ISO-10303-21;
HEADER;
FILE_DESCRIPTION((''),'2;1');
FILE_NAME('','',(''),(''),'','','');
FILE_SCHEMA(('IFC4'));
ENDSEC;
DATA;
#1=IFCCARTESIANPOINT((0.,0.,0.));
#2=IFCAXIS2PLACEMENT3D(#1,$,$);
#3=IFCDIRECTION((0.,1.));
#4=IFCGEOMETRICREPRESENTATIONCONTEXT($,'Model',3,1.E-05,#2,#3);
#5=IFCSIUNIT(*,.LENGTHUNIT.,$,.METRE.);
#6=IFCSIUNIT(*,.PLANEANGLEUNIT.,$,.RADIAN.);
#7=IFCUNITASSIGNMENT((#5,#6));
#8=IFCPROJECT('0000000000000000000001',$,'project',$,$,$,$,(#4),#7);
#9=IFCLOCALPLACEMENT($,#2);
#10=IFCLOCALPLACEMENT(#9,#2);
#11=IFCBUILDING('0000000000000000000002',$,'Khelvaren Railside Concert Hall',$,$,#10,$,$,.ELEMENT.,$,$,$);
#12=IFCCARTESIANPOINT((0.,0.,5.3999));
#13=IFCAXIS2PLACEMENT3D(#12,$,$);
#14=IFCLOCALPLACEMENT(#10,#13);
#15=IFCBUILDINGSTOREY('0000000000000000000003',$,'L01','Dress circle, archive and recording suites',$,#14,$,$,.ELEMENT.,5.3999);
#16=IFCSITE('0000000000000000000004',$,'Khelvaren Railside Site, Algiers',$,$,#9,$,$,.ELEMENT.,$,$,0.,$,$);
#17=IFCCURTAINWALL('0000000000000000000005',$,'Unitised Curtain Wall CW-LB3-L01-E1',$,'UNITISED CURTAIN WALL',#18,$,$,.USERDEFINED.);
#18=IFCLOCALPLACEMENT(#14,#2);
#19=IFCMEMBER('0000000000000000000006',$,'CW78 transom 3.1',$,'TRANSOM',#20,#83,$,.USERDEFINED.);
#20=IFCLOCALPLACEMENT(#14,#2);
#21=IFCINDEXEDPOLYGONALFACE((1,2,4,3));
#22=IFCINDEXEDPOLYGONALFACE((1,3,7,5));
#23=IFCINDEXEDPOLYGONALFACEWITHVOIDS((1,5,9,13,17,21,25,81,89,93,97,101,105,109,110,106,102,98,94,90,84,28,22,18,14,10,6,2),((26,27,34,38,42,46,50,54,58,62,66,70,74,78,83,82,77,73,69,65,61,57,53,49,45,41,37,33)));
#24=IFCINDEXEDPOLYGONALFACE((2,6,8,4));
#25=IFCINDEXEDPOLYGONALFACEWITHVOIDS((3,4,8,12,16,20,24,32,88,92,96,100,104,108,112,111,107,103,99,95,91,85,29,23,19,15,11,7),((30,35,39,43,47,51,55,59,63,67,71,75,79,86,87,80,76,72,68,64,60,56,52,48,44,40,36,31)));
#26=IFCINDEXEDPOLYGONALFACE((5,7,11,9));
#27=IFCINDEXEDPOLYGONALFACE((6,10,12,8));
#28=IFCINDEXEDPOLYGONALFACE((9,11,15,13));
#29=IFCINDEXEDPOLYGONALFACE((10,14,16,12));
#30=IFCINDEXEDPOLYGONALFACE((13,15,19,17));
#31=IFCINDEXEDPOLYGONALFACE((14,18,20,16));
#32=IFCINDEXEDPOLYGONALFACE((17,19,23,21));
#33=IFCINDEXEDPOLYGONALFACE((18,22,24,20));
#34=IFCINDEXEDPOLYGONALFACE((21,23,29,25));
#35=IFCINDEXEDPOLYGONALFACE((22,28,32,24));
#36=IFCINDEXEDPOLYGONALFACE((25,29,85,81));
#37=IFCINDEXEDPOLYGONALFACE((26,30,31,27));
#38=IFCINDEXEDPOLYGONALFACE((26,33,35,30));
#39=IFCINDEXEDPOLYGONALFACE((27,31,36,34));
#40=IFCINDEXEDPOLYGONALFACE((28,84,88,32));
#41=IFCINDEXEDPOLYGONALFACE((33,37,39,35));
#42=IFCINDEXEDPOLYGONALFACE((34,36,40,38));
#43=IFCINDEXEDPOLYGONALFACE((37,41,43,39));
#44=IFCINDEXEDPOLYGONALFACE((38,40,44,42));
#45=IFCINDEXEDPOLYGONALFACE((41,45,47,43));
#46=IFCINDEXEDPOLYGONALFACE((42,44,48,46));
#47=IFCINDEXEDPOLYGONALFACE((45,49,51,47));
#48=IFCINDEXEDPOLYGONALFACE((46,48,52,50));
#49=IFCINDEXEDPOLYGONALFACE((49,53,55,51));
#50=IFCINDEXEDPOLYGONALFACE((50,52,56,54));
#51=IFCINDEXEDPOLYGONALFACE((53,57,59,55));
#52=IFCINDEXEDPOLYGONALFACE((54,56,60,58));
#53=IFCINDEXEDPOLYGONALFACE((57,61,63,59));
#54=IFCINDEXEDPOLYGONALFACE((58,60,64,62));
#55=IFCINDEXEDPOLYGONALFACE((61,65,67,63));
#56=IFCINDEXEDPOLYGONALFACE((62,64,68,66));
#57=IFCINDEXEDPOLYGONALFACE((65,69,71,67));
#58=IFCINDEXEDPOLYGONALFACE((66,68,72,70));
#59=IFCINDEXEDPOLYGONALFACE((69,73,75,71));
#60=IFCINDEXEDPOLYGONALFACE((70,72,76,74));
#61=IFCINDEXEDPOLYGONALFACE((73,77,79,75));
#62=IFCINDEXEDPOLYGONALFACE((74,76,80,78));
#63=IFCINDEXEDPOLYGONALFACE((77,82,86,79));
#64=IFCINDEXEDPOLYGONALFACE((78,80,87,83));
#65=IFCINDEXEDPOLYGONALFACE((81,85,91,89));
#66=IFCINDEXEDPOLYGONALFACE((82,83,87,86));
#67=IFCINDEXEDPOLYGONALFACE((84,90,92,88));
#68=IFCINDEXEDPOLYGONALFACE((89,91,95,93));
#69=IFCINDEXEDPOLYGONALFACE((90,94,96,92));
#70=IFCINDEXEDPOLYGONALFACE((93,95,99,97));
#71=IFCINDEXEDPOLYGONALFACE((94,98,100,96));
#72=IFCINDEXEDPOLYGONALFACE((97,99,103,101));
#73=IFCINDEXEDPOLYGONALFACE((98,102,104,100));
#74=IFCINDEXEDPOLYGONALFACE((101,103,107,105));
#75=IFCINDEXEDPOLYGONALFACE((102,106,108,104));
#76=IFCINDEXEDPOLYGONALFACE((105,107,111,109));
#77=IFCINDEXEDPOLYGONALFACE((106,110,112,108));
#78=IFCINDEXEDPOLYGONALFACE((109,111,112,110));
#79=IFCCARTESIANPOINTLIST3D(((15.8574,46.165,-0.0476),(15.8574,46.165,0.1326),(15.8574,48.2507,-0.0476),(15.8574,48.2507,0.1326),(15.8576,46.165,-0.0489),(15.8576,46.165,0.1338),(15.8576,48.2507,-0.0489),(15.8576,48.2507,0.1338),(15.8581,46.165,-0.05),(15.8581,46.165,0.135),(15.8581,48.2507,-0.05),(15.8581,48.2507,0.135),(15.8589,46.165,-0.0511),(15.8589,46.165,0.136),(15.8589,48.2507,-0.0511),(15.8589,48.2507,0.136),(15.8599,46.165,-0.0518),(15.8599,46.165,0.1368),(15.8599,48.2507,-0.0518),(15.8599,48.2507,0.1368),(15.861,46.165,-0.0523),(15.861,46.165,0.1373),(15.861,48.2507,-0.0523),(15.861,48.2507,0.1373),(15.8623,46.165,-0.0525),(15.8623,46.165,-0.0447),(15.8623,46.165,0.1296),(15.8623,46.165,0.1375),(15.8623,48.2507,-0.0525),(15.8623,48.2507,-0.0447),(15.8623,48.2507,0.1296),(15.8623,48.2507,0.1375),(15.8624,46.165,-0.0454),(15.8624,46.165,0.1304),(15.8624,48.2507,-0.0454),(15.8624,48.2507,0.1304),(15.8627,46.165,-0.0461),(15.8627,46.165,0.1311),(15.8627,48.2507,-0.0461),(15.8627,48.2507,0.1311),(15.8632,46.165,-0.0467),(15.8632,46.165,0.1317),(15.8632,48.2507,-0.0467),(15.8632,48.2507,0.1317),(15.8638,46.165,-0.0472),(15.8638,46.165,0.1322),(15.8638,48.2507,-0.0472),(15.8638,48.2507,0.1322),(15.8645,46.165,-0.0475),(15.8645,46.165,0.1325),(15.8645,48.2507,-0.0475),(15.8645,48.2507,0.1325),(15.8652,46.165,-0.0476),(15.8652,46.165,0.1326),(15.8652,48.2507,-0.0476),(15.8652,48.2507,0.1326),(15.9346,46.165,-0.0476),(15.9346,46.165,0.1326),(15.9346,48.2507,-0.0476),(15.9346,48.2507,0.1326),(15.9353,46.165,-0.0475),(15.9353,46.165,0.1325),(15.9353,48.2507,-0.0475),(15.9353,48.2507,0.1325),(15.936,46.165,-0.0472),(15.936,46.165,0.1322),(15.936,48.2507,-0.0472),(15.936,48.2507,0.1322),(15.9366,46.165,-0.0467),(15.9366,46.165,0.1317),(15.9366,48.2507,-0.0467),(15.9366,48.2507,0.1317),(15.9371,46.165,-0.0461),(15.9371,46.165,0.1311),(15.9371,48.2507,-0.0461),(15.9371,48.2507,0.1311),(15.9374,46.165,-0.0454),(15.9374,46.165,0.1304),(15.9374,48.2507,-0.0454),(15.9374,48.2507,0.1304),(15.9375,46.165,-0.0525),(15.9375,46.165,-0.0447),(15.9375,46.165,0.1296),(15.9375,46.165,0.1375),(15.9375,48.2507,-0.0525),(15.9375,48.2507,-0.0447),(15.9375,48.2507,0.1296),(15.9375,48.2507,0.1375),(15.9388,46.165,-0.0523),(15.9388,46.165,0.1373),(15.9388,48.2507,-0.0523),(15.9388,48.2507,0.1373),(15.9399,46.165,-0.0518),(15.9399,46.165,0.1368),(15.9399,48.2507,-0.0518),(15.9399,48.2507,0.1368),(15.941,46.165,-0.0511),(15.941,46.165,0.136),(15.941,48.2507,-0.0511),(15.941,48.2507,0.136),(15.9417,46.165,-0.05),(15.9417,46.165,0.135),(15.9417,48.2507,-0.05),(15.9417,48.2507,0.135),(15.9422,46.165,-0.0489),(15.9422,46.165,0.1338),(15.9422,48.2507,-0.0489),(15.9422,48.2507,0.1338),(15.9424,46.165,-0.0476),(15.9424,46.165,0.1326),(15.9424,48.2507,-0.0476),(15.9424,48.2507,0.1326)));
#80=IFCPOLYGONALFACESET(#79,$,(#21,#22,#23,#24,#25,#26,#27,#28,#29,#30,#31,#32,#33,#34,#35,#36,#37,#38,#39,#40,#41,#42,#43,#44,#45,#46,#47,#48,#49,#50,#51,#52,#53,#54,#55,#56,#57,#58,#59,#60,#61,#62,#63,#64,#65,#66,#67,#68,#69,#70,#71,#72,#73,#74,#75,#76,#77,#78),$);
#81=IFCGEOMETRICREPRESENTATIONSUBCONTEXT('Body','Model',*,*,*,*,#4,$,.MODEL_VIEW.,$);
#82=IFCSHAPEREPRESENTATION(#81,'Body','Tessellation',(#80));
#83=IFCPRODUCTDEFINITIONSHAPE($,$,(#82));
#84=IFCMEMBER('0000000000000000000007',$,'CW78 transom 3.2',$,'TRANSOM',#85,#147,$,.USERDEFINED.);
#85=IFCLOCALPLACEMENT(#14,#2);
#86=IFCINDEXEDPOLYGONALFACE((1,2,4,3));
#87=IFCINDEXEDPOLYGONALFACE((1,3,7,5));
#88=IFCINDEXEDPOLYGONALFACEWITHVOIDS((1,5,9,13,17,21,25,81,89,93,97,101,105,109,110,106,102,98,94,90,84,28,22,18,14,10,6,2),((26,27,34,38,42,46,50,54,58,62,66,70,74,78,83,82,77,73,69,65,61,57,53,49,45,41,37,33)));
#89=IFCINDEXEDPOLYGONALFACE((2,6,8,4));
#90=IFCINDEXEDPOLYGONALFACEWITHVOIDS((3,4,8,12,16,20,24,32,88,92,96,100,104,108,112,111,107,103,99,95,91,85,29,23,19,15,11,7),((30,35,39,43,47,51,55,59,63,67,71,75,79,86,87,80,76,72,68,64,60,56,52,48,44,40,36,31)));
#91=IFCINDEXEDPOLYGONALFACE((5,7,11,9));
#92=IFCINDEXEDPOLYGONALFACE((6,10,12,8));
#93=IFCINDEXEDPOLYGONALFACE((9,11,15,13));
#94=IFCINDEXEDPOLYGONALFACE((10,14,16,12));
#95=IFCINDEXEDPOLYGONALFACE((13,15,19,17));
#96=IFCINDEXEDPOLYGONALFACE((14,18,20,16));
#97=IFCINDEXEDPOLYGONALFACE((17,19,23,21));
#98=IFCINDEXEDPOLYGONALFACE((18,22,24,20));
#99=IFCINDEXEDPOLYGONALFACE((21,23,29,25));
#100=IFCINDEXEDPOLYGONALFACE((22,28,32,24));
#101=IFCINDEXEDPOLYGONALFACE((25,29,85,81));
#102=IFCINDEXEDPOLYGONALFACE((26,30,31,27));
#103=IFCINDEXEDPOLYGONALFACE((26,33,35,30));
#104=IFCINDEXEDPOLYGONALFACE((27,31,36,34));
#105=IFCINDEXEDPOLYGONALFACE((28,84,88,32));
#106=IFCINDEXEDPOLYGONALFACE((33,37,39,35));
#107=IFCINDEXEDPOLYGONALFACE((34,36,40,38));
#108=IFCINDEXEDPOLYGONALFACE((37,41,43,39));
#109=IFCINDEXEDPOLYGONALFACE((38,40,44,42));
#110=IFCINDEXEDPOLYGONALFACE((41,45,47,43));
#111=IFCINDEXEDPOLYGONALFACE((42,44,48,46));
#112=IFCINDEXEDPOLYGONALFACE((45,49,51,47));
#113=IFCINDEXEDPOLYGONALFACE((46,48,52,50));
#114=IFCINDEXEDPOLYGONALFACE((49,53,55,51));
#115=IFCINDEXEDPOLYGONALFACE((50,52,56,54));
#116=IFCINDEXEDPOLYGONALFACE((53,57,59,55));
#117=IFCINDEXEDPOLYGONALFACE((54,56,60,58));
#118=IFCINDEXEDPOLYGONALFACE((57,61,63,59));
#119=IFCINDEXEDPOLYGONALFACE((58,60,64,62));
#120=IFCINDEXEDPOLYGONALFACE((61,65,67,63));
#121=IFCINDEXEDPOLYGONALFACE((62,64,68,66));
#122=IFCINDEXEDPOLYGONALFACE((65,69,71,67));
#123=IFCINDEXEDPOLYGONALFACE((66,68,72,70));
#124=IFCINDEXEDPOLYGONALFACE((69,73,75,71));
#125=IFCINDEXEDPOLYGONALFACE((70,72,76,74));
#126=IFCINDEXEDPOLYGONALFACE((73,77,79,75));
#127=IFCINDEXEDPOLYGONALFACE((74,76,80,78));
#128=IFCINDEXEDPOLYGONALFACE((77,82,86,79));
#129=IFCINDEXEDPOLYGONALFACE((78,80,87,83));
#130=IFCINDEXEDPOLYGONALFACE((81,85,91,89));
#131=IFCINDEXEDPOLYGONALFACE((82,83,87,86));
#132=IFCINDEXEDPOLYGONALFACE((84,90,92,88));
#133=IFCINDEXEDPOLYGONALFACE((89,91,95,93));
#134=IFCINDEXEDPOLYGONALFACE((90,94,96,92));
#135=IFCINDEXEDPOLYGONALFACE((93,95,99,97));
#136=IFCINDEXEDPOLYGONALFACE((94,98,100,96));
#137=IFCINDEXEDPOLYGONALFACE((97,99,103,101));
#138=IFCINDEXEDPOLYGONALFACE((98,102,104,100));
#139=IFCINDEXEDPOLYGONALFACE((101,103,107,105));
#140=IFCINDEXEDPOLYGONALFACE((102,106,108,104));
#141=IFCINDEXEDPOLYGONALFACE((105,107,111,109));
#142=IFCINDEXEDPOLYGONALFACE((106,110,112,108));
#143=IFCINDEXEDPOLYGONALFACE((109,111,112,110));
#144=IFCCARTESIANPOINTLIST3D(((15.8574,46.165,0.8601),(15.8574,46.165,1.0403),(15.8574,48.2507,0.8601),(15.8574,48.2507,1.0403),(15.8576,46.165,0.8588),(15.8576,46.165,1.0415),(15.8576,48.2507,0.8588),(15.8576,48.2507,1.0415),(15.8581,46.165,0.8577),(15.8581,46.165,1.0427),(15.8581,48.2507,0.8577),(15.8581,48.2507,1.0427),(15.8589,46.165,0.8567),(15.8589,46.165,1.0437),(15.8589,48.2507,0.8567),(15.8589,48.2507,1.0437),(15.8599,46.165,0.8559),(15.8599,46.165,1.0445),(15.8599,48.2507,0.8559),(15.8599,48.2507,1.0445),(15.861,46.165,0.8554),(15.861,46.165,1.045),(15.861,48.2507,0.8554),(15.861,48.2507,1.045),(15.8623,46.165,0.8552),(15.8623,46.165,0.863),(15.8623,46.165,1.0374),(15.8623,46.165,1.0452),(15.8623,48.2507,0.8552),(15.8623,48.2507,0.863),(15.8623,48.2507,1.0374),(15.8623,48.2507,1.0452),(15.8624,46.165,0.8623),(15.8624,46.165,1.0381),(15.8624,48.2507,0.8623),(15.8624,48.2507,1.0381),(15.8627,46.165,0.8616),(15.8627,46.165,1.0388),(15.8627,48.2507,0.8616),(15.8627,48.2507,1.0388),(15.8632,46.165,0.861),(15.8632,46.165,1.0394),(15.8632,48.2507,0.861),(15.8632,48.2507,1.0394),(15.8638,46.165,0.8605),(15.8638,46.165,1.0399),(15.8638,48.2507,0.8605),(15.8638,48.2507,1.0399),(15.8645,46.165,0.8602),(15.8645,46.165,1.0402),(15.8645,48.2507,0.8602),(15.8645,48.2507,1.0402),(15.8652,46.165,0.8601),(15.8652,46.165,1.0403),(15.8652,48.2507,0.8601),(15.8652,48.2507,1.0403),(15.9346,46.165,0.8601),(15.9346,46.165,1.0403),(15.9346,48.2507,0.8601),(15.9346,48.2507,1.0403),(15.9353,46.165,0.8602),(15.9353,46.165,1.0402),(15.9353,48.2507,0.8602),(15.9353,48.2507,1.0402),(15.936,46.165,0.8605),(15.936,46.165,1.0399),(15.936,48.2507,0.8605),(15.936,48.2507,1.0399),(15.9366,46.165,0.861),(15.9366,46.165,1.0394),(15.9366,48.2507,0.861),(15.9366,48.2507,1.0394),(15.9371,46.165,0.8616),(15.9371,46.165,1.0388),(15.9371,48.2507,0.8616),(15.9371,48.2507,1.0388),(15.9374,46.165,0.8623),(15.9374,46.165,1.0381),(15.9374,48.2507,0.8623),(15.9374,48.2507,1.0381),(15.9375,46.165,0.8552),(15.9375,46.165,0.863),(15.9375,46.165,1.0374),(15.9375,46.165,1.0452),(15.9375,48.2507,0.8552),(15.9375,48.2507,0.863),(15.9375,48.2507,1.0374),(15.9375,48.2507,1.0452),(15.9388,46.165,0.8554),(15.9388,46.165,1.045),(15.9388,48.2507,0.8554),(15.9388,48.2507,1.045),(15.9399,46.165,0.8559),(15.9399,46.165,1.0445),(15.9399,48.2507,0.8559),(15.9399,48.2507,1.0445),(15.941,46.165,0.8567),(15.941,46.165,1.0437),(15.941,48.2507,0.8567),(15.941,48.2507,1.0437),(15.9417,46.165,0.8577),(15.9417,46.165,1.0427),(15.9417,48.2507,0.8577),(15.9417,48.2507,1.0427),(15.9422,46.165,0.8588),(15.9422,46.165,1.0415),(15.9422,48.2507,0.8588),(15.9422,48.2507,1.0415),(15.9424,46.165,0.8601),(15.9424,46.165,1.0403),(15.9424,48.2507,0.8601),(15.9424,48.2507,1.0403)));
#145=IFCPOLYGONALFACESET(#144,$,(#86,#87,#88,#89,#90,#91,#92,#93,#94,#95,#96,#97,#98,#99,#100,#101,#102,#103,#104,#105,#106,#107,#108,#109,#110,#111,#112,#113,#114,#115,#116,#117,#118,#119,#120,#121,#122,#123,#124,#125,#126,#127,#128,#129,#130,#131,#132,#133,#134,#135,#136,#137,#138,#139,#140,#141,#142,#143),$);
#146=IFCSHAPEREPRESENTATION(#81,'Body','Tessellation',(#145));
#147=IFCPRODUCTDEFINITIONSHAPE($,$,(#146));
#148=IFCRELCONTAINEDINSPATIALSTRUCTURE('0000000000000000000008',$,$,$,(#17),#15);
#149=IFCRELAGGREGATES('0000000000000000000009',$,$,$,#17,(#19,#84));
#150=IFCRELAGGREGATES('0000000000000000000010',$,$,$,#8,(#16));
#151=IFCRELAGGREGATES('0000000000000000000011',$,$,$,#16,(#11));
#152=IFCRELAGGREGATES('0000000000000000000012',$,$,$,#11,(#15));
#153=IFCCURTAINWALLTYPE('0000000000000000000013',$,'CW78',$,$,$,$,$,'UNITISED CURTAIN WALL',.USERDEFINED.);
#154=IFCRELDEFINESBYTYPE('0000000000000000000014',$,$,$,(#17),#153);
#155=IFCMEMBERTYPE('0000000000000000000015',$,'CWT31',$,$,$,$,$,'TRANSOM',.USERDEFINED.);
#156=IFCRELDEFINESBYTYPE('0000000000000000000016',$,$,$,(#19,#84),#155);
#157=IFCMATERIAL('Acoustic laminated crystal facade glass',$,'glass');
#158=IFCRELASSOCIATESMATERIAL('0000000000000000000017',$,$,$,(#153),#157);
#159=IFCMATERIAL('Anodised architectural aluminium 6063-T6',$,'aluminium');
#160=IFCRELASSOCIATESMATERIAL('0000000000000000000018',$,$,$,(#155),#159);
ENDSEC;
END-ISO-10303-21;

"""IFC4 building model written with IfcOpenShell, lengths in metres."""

from ifc_helpers import new_model, si_unit, direction, frame, origin, origin_2d, place, context, subcontext, project, spatial, hollow_rectangle, extrude, material, material_profile, profile_set, type_object, element, aggregate, save


model = new_model("IFC4")

# Units and contexts
model_context = context("Model", 3, precision=1e-05, world=origin(), true_north=direction((0.0, 1.0)))
body_context = subcontext(model_context, "Body", "Model", "MODEL_VIEW")
ifc_project = project(units=[si_unit("LENGTHUNIT", "METRE"), si_unit("PLANEANGLEUNIT", "RADIAN")], contexts=[model_context])

# Site, building, storey
site_placement = place(None, origin())
site = spatial("IfcSite", under=ifc_project, at=site_placement, Name="Khelvaren Railside Site, Algiers", CompositionType="ELEMENT", RefElevation=0.0)
building_placement = place(site_placement, origin())
building = spatial("IfcBuilding", under=site, at=building_placement, Name="Khelvaren Railside Concert Hall", CompositionType="ELEMENT")
storey_placement = place(building_placement, frame((0.0, 0.0, 5.3999)))
storey = spatial("IfcBuildingStorey", under=building, at=storey_placement, Name="L01", Description="Dress circle, archive and recording suites", CompositionType="ELEMENT", Elevation=5.3999)

# Curtain wall
ifc_material_1 = material(Name="Acoustic laminated crystal facade glass", Category="glass")
curtain_wall_type = type_object("IfcCurtainWallType", Name="CW78", ElementType="UNITISED CURTAIN WALL", PredefinedType="USERDEFINED", material=ifc_material_1)
curtain_wall_1_placement = place(storey_placement, origin())
curtain_wall_1 = element("IfcCurtainWall", 1, at=curtain_wall_1_placement, inside=storey, type_object=curtain_wall_type, Name="Unitised Curtain Wall CW-LB3-L01-E1", ObjectType="UNITISED CURTAIN WALL", PredefinedType="USERDEFINED")
ifc_material_2 = material(Name="Anodised architectural aluminium 6063-T6", Category="aluminium")

# Members
ifc_material_profile_1 = material_profile(ifc_material_2, hollow_rectangle(XDim=0.085, YDim=0.1899, WallThickness=0.0049, InnerFilletRadius=0.0029, OuterFilletRadius=0.0049, at=origin_2d()), Name="CWT 85x190x5")
ifc_profile_set_1 = profile_set([ifc_material_profile_1], Name="Anodised architectural aluminium 6063-T6")
member_type_1 = type_object("IfcMemberType", Name="CWT31", ElementType="TRANSOM", PredefinedType="USERDEFINED", material=ifc_profile_set_1)
member_1_placement = place(storey_placement, frame((15.8999, 48.2507, 0.0425), z_axis=(0.0, -1.0, 0.0), x_axis=(1.0, 0.0, 0.0)))
member_1 = element("IfcMember", 2, at=member_1_placement, type_object=member_type_1, Name="CW78 transom 3.1", ObjectType="TRANSOM", PredefinedType="USERDEFINED", context=body_context, shape_type="SweptSolid", body=[
    extrude(hollow_rectangle(XDim=0.085, YDim=0.1899, WallThickness=0.0049, InnerFilletRadius=0.0029, OuterFilletRadius=0.0049, at=origin_2d()), origin(), (0.0, 0.0, 1.0), 2.0857),
])
member_2_placement = place(storey_placement, frame((15.8999, 48.2507, 0.9502), z_axis=(0.0, -1.0, 0.0), x_axis=(1.0, 0.0, 0.0)))
member_2 = element("IfcMember", 3, at=member_2_placement, type_object=member_type_1, Name="CW78 transom 3.2", ObjectType="TRANSOM", PredefinedType="USERDEFINED", context=body_context, shape_type="SweptSolid", body=[
    extrude(hollow_rectangle(XDim=0.085, YDim=0.1899, WallThickness=0.0049, InnerFilletRadius=0.0029, OuterFilletRadius=0.0049, at=origin_2d()), origin(), (0.0, 0.0, 1.0), 2.0857),
])

aggregate(curtain_wall_1, [member_1, member_2])

save(model, "model.ifc")
